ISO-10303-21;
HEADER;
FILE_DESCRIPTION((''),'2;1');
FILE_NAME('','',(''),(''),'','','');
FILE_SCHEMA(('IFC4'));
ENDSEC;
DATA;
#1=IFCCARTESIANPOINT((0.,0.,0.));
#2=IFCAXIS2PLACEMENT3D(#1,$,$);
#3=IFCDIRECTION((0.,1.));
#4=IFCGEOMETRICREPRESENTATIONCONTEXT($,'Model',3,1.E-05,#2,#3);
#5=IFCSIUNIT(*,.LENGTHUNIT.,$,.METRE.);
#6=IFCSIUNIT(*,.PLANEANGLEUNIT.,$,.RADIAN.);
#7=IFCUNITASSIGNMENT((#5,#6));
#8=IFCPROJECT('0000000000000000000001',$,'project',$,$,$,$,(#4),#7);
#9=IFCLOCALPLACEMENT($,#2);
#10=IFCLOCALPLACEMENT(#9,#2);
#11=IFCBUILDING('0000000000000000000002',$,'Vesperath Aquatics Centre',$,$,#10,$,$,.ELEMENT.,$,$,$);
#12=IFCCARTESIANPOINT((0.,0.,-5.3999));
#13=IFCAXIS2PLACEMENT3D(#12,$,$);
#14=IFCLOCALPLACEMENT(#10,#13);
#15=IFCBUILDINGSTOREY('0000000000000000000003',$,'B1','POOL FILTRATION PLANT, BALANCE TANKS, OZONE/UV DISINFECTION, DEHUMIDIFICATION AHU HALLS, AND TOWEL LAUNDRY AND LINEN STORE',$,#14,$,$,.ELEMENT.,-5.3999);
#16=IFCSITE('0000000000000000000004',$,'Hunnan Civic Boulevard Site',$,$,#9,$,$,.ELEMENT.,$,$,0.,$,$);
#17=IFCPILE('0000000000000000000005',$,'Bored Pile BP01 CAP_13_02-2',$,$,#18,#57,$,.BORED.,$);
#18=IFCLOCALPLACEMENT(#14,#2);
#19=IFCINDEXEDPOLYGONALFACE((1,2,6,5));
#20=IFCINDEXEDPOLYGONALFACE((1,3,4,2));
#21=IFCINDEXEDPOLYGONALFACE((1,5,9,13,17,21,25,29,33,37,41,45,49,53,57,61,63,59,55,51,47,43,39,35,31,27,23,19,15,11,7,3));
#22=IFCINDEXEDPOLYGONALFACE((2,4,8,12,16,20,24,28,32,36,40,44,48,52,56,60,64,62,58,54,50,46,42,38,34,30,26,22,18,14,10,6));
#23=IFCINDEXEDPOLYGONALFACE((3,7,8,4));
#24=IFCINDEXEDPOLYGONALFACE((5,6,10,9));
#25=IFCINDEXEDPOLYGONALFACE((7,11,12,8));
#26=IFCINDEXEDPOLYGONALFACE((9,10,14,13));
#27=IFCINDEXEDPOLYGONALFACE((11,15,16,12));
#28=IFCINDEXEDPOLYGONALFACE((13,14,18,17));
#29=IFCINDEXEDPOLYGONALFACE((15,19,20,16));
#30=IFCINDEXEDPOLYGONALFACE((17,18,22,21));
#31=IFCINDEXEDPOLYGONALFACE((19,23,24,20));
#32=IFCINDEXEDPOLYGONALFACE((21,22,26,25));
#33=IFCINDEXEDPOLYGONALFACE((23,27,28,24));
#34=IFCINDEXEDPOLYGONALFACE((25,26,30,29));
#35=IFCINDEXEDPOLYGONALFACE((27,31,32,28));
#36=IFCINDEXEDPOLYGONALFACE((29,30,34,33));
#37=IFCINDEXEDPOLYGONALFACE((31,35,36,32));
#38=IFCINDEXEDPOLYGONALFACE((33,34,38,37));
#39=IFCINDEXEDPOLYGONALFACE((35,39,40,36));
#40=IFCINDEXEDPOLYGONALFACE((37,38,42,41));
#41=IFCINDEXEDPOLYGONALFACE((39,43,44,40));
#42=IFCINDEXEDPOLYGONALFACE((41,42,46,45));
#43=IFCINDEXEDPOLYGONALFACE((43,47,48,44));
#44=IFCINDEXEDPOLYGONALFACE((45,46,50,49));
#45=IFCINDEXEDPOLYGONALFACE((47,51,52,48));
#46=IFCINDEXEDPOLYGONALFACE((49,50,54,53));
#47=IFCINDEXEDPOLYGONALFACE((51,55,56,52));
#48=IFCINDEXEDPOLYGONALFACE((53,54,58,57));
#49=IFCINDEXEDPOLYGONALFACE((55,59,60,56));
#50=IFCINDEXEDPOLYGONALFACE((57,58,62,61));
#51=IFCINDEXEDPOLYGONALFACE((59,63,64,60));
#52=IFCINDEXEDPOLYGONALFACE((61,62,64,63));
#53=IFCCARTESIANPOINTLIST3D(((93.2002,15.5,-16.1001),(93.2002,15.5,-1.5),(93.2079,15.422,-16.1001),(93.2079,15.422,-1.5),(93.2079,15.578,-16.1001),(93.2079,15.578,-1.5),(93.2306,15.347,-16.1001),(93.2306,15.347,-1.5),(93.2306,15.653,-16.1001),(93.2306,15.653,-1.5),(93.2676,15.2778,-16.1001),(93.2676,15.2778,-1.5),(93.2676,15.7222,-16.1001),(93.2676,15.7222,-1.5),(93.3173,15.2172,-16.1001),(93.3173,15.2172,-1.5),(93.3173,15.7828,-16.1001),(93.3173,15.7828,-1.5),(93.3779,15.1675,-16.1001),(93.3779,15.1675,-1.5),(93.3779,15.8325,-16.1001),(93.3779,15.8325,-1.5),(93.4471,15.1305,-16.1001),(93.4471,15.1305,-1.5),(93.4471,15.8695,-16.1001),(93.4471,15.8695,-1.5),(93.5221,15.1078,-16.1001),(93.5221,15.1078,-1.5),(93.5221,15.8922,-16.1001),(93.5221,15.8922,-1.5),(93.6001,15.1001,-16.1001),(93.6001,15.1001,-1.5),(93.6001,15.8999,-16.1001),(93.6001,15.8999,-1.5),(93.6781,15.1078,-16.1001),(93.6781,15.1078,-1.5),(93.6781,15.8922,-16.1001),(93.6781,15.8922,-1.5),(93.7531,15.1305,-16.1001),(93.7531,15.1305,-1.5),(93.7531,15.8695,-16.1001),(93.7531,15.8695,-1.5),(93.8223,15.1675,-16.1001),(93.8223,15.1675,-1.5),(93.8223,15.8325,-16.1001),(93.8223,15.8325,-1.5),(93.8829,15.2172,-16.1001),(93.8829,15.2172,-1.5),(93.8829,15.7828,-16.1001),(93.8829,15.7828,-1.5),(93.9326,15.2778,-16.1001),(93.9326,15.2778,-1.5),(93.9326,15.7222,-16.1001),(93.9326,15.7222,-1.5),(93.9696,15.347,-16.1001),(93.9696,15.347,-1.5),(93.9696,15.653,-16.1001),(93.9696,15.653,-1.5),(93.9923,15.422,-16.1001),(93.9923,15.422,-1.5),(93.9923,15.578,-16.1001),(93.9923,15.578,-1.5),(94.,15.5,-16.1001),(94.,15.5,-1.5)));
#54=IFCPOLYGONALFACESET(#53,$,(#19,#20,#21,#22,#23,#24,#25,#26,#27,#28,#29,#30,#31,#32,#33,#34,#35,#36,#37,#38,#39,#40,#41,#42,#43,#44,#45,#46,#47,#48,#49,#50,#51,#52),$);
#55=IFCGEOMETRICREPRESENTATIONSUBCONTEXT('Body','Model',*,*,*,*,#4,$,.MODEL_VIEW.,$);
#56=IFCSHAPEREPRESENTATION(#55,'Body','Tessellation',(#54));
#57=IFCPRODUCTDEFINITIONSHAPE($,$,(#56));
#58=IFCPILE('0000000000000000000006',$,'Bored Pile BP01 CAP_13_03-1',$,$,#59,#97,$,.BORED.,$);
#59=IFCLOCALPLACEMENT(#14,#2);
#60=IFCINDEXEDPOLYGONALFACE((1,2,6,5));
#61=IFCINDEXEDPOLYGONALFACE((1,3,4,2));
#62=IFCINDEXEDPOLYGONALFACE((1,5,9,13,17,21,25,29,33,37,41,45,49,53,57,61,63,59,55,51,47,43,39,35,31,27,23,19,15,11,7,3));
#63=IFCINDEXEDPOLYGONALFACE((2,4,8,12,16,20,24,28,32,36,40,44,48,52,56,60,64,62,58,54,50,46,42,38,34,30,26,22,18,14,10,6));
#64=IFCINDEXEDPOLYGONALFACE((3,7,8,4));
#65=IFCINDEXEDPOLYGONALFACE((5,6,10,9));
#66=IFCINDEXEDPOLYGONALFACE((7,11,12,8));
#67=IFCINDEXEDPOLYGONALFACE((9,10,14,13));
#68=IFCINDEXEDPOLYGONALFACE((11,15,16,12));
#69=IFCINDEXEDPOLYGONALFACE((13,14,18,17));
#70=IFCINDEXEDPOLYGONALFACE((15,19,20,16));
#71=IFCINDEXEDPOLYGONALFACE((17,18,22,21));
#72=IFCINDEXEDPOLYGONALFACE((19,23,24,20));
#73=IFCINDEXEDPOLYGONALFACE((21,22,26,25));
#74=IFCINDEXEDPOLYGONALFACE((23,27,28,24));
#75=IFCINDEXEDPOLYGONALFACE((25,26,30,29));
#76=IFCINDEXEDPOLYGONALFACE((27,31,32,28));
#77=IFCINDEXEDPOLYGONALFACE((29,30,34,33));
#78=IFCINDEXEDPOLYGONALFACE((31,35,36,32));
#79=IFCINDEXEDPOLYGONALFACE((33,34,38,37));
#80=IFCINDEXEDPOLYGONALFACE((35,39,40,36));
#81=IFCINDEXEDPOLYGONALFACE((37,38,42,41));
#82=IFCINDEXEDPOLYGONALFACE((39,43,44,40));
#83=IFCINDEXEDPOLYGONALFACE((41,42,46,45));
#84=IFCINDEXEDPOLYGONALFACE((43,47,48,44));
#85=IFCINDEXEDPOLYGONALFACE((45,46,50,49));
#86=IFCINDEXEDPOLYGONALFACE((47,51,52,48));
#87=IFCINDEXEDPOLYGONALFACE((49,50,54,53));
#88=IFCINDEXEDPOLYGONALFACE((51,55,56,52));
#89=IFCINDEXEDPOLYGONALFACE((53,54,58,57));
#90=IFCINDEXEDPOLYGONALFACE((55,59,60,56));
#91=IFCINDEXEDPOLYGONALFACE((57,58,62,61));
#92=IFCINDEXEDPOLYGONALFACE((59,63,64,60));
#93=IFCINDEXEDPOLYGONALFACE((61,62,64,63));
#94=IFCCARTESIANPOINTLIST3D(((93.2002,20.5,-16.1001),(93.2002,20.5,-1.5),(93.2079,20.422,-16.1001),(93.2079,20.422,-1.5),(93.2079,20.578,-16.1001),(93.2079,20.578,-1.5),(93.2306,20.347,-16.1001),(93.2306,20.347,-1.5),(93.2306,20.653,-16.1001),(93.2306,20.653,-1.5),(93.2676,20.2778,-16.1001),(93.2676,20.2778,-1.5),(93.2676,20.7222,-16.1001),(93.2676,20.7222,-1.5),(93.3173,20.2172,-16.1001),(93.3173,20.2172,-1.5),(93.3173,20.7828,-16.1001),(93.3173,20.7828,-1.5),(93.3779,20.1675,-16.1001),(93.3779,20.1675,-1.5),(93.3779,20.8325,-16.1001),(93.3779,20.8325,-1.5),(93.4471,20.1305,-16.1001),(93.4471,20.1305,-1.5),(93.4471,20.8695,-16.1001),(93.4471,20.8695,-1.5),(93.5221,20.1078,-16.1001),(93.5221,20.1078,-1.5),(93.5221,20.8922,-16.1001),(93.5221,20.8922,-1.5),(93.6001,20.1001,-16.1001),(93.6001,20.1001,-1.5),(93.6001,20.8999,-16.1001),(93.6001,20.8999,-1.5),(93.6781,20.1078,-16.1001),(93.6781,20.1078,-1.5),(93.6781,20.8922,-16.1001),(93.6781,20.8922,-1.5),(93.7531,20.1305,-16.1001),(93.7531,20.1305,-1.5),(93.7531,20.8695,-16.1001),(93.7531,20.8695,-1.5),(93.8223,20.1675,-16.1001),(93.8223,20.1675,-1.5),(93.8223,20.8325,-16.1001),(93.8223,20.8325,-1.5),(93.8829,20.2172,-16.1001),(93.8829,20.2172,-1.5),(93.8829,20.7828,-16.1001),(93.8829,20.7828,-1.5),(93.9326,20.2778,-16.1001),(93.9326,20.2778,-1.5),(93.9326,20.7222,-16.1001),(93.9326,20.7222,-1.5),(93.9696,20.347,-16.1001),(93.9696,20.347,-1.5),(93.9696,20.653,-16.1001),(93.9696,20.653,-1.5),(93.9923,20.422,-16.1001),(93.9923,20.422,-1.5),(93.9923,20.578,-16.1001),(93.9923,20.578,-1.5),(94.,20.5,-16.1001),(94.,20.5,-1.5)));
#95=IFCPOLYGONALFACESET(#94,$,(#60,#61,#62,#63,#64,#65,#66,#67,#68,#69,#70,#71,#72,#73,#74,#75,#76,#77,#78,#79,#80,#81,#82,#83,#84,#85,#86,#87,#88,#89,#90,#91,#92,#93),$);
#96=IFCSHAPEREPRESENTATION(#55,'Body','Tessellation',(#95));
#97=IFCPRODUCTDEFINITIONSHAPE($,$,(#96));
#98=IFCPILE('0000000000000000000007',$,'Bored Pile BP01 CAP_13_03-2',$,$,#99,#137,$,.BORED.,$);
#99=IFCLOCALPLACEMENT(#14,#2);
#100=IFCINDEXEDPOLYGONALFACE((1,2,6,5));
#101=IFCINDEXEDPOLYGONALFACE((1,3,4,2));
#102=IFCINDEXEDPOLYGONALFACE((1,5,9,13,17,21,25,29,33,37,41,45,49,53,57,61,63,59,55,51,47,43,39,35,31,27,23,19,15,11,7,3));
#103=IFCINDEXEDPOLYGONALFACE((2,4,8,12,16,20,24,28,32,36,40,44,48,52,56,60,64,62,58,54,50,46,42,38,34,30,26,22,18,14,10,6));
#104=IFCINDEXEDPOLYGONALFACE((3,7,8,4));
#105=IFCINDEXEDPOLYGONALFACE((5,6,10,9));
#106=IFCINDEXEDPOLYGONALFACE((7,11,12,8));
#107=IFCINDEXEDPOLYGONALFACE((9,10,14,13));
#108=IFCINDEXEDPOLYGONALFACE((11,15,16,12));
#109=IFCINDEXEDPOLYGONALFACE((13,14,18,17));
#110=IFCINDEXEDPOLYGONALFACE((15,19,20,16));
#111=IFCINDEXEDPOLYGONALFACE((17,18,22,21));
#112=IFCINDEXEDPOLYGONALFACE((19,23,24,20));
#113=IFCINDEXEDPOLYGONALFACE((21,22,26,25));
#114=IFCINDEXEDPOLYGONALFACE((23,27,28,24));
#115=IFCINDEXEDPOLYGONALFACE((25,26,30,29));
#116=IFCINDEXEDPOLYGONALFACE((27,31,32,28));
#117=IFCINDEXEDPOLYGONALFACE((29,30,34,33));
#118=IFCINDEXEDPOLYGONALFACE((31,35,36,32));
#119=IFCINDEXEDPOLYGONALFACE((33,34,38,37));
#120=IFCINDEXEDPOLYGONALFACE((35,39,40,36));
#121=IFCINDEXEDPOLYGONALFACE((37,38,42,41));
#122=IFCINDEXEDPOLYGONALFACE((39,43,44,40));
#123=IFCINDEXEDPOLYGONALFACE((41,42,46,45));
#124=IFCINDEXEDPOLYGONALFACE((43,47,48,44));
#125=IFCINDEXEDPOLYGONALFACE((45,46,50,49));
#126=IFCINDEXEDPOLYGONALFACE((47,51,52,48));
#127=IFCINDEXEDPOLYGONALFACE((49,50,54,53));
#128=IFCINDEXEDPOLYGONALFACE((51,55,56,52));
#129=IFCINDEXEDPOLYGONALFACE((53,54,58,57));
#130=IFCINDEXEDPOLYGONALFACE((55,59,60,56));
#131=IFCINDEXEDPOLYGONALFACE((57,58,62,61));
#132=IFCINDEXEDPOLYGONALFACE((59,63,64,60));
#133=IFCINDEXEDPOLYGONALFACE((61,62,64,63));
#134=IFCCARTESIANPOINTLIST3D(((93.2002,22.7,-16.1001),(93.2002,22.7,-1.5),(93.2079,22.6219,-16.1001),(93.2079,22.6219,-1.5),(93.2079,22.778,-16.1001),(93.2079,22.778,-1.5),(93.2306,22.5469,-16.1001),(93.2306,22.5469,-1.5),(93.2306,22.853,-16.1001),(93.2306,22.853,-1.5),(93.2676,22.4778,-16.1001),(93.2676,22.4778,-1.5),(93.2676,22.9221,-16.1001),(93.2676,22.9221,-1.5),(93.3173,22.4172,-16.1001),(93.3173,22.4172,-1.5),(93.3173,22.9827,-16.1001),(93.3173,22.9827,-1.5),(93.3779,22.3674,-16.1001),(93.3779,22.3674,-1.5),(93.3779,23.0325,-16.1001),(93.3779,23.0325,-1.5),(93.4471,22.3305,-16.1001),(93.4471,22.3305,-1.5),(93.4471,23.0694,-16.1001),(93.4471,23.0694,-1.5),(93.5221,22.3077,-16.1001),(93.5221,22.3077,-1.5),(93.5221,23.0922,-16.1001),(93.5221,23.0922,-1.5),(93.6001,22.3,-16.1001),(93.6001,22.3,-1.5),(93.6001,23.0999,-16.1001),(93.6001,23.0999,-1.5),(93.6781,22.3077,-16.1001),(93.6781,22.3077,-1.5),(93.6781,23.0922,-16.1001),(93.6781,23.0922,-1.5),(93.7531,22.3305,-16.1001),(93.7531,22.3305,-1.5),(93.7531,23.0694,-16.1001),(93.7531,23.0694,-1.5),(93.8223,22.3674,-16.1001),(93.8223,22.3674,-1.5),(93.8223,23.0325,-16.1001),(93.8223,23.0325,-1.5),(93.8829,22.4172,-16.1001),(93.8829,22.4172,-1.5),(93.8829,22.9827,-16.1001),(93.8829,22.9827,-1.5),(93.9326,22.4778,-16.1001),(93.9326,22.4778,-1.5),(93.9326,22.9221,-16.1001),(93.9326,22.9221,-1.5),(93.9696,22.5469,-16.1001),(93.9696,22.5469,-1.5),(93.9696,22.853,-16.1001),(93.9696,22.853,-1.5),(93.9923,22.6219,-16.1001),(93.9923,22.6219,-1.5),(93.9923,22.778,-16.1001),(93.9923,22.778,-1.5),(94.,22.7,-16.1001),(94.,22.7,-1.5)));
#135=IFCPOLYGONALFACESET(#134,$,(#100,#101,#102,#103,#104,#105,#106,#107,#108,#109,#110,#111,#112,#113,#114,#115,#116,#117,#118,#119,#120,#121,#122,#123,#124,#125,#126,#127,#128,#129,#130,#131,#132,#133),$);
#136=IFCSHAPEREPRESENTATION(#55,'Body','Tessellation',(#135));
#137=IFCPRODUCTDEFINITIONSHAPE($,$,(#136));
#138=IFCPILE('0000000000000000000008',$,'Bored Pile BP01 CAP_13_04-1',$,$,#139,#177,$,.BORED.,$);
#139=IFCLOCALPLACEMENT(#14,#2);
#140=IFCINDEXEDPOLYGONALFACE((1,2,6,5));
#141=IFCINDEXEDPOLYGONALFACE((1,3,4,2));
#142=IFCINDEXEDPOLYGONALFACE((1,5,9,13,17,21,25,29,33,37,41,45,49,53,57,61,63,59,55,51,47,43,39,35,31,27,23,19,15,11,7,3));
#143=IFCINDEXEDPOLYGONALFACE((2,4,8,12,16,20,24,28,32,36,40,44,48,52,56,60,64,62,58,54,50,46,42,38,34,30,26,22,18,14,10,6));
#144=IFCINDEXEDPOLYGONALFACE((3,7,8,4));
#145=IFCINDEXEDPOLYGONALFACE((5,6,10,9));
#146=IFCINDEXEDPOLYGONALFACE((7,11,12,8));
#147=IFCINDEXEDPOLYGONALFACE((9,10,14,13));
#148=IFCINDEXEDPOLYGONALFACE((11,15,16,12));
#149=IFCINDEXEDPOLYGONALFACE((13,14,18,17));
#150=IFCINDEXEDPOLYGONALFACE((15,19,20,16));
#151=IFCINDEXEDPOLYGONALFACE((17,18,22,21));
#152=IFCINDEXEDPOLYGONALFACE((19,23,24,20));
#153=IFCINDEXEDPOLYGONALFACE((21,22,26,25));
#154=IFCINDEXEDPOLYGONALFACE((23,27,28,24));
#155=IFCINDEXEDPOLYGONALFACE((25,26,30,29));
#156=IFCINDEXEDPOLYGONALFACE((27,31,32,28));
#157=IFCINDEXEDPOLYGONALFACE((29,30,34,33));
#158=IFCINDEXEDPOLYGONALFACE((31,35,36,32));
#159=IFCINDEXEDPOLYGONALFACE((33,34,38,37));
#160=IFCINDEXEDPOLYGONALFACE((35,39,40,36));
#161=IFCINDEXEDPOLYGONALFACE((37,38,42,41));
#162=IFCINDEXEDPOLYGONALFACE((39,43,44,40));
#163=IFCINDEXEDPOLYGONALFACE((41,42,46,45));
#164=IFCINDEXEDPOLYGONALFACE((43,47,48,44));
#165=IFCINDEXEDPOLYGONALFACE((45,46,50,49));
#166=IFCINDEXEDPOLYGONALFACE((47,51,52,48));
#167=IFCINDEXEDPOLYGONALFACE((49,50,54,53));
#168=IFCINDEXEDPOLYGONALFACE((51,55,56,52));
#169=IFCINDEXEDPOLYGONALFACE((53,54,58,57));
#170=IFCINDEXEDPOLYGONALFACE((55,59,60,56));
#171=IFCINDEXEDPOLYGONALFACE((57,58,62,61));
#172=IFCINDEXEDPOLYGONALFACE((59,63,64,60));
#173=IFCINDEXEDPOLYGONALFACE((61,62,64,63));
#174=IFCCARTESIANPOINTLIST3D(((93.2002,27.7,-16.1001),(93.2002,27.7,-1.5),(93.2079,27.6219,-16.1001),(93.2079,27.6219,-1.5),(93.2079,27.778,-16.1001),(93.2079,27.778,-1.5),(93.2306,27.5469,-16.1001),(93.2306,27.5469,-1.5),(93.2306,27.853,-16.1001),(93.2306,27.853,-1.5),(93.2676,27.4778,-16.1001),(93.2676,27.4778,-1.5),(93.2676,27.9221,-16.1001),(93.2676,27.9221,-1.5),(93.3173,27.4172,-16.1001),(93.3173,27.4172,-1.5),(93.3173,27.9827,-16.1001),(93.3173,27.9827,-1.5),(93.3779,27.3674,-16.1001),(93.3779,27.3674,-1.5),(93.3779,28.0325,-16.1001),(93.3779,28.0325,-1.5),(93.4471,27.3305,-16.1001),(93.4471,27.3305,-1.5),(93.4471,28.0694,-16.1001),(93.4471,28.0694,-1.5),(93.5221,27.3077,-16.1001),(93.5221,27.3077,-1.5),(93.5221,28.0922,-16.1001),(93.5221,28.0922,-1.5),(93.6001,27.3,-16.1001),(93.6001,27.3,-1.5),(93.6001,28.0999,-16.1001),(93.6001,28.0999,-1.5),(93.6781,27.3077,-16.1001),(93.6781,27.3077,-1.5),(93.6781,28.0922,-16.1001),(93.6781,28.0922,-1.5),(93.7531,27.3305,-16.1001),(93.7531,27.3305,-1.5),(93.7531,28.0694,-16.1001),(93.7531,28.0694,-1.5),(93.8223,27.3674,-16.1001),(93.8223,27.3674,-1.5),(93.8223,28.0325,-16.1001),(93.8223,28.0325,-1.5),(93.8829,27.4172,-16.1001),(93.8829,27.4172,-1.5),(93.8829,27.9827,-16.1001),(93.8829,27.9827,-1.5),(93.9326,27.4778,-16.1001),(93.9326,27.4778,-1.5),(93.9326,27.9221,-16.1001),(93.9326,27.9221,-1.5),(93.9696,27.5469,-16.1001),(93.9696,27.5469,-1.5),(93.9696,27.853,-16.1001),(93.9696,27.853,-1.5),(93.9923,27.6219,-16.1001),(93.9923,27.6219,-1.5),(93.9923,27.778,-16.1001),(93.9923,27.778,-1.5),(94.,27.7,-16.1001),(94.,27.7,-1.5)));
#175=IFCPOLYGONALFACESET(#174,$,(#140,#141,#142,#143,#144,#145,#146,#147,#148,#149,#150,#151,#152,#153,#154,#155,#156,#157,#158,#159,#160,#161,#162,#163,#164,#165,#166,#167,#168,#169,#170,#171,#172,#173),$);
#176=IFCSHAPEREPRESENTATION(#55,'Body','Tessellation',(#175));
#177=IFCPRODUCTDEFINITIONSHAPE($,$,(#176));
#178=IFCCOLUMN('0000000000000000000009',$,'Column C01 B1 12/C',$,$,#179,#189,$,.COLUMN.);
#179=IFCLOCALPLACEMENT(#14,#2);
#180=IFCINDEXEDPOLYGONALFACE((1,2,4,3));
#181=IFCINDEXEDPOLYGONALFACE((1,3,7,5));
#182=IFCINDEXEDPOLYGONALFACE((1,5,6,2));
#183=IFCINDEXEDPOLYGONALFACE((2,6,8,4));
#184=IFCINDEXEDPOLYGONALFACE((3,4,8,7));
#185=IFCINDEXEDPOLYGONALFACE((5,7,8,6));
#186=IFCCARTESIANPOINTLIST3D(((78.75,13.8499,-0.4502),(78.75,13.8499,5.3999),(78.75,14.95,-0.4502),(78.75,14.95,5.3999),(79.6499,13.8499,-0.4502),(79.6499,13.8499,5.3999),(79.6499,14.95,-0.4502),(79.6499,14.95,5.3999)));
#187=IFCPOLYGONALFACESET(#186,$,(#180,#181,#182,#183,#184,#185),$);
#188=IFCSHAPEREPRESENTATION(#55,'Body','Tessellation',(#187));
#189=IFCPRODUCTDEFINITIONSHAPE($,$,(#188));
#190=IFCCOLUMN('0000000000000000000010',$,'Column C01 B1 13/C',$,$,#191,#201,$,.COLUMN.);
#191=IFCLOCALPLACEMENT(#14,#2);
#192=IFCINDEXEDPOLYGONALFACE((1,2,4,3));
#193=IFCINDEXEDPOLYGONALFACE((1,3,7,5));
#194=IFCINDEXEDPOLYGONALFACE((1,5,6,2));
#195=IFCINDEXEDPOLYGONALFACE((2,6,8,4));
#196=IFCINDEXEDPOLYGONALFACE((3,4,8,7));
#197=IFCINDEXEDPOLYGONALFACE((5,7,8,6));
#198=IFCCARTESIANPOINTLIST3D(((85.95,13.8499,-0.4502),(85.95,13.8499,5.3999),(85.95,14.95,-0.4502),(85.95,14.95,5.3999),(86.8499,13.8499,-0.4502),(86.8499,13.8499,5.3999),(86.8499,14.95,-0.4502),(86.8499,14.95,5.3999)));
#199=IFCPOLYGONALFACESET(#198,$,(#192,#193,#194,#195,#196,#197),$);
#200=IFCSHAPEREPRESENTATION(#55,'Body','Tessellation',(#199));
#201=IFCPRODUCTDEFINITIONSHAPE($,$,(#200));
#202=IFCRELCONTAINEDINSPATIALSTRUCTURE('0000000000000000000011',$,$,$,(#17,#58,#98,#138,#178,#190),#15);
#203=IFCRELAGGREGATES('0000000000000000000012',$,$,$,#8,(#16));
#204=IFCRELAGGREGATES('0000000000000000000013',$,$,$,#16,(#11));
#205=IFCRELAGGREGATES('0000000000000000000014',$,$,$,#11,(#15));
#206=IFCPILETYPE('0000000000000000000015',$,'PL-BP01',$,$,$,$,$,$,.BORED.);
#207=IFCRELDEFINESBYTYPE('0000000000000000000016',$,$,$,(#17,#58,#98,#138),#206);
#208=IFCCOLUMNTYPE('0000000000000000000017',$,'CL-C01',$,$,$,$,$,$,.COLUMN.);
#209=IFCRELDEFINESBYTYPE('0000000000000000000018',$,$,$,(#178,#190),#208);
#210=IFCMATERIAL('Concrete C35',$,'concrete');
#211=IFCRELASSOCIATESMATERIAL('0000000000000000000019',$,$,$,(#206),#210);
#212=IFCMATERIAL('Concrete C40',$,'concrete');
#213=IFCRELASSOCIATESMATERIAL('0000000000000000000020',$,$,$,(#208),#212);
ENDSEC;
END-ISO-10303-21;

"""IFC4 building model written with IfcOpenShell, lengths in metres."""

from ifc_helpers import new_model, si_unit, direction, frame, origin, origin_2d, place, context, subcontext, project, spatial, rectangle, circle, extrude, material, material_profile, profile_set, type_object, element, save


model = new_model("IFC4")

# Units and contexts
model_context = context("Model", 3, precision=1e-05, world=origin(), true_north=direction((0.0, 1.0)))
body_context = subcontext(model_context, "Body", "Model", "MODEL_VIEW")
ifc_project = project(units=[si_unit("LENGTHUNIT", "METRE"), si_unit("PLANEANGLEUNIT", "RADIAN")], contexts=[model_context])

# Site, building, storey
site_placement = place(None, origin())
site = spatial("IfcSite", under=ifc_project, at=site_placement, Name="Hunnan Civic Boulevard Site", CompositionType="ELEMENT", RefElevation=0.0)
building_placement = place(site_placement, origin())
building = spatial("IfcBuilding", under=site, at=building_placement, Name="Vesperath Aquatics Centre", CompositionType="ELEMENT")
storey_placement = place(building_placement, frame((0.0, 0.0, -5.3999)))
storey = spatial("IfcBuildingStorey", under=building, at=storey_placement, Name="B1", Description="POOL FILTRATION PLANT, BALANCE TANKS, OZONE/UV DISINFECTION, DEHUMIDIFICATION AHU HALLS, AND TOWEL LAUNDRY AND LINEN STORE", CompositionType="ELEMENT", Elevation=-5.3999)

# Shared definitions
ifc_material_1 = material(Name="Concrete C40", Category="concrete")

# Piles
ifc_material_2 = material(Name="Concrete C35", Category="concrete")
ifc_material_profile_1 = material_profile(ifc_material_2, circle(Radius=0.3999, at=origin_2d()), Name="PILE D800")
ifc_profile_set_1 = profile_set([ifc_material_profile_1], Name="Concrete C35")
pile_type = type_object("IfcPileType", Name="PL-BP01", PredefinedType="BORED", material=ifc_profile_set_1)
for number, where, z_axis, x_axis, name in (
    (1, (93.6001, 15.5, -1.5), (0.0, 0.0, -1.0), (1.0, 0.0, 0.0), "Bored Pile BP01 CAP_13_02-2"),
    (2, (93.6001, 20.5, -1.5), (0.0, 0.0, -1.0), (1.0, 0.0, 0.0), "Bored Pile BP01 CAP_13_03-1"),
    (3, (93.6001, 22.7, -1.5), (0.0, 0.0, -1.0), (1.0, 0.0, 0.0), "Bored Pile BP01 CAP_13_03-2"),
    (4, (93.6001, 27.7, -1.5), (0.0, 0.0, -1.0), (1.0, 0.0, 0.0), "Bored Pile BP01 CAP_13_04-1"),
):
    element("IfcPile", number, at=place(storey_placement, frame(where, z_axis=z_axis, x_axis=x_axis)), inside=storey, type_object=pile_type, Name=name, PredefinedType="BORED", context=body_context, shape_type="SweptSolid", body=[
        extrude(circle(Radius=0.3999, at=origin_2d()), origin(), (0.0, 0.0, 1.0), 14.6001),
    ])

# Columns
ifc_material_profile_2 = material_profile(ifc_material_1, rectangle(XDim=0.8999, YDim=1.1001, at=origin_2d()), Name="RC 1100x900")
ifc_profile_set_2 = profile_set([ifc_material_profile_2], Name="Concrete C40")
column_type_1 = type_object("IfcColumnType", Name="CL-C01", PredefinedType="COLUMN", material=ifc_profile_set_2)
for number, where, z_axis, x_axis, name in (
    (5, (79.2, 14.3999, -0.4502), (0.0, 0.0, 1.0), (1.0, 0.0, 0.0), "Column C01 B1 12/C"),
    (6, (86.3999, 14.3999, -0.4502), (0.0, 0.0, 1.0), (1.0, 0.0, 0.0), "Column C01 B1 13/C"),
):
    element("IfcColumn", number, at=place(storey_placement, frame(where, z_axis=z_axis, x_axis=x_axis)), inside=storey, type_object=column_type_1, Name=name, PredefinedType="COLUMN", context=body_context, shape_type="SweptSolid", body=[
        extrude(rectangle(XDim=0.8999, YDim=1.1001, at=origin_2d()), origin(), (0.0, 0.0, 1.0), 5.8501),
    ])

save(model, "model.ifc")
